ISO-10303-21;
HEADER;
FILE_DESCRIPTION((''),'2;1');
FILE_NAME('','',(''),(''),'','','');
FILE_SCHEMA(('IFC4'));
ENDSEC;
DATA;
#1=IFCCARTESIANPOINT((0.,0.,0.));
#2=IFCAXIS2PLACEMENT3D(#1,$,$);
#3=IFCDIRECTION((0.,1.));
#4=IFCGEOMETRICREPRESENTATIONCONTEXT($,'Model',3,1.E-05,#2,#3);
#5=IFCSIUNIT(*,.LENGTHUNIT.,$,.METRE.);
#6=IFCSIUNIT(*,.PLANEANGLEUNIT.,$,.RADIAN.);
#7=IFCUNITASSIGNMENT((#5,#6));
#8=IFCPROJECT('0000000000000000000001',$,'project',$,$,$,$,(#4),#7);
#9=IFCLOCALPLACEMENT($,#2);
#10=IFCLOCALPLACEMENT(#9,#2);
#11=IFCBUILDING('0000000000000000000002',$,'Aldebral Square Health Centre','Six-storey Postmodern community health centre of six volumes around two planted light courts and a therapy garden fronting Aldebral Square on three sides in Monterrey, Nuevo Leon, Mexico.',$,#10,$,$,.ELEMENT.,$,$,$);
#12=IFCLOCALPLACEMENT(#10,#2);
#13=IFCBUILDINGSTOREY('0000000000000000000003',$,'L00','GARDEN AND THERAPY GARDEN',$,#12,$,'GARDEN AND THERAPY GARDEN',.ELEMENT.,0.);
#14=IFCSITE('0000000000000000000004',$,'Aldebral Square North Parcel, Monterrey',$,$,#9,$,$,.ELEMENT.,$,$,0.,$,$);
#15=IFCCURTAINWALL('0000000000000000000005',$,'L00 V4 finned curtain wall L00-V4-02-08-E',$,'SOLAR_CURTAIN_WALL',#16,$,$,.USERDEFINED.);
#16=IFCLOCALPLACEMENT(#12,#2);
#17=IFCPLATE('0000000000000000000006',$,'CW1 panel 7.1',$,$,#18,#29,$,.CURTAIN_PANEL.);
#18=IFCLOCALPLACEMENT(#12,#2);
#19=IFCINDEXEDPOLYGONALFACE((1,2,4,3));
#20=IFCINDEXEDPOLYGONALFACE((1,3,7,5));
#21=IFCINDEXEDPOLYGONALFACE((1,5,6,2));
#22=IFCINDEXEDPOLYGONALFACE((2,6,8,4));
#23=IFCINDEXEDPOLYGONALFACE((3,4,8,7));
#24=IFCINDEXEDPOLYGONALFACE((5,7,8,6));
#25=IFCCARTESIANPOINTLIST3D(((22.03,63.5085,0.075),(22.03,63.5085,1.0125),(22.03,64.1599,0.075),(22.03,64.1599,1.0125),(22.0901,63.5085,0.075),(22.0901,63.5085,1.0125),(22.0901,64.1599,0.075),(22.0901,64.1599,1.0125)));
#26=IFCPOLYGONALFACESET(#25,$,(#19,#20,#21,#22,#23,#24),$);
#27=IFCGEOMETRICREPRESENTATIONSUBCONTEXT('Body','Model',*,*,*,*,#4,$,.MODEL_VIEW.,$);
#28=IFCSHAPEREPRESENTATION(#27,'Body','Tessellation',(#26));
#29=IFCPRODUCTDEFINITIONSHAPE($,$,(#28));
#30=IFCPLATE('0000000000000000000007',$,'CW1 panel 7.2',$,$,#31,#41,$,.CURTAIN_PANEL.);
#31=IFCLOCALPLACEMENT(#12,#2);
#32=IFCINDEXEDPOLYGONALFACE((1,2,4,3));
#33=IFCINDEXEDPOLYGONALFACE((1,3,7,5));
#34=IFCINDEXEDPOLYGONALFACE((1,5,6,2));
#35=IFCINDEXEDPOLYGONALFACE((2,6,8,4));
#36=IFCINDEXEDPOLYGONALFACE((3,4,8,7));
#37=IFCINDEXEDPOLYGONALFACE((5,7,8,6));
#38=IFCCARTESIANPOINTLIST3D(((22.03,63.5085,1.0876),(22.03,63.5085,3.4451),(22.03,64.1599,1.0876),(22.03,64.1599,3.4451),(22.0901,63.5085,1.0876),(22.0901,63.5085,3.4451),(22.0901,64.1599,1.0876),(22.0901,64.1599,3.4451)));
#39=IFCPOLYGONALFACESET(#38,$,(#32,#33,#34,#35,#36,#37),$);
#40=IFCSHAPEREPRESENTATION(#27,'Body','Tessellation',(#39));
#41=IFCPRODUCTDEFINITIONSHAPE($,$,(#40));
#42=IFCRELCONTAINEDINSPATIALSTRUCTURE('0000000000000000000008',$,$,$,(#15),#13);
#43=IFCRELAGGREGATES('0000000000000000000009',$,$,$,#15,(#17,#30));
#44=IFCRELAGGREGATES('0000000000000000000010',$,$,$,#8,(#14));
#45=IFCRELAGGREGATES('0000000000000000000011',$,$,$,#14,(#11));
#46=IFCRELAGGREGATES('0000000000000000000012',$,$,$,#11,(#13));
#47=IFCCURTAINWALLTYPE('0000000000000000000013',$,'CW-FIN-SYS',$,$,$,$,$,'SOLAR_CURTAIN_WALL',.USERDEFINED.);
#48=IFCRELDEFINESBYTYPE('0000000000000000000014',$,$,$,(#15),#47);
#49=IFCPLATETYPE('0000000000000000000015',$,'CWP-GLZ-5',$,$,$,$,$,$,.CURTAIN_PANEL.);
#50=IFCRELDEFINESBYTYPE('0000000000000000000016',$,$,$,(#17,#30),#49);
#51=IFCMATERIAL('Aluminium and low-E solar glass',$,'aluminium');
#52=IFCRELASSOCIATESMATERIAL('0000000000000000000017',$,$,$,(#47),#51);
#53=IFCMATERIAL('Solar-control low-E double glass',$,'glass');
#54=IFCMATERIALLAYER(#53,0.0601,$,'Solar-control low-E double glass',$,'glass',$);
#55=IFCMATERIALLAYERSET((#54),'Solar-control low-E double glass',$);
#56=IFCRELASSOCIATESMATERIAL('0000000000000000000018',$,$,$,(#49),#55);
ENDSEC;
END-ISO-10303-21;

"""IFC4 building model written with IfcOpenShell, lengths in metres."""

from ifc_helpers import new_model, si_unit, direction, frame, origin, origin_2d, place, context, subcontext, project, spatial, rectangle, extrude, material, layer, layer_set, type_object, element, aggregate, save


model = new_model("IFC4")

# Units and contexts
model_context = context("Model", 3, precision=1e-05, world=origin(), true_north=direction((0.0, 1.0)))
body_context = subcontext(model_context, "Body", "Model", "MODEL_VIEW")
ifc_project = project(units=[si_unit("LENGTHUNIT", "METRE"), si_unit("PLANEANGLEUNIT", "RADIAN")], contexts=[model_context])

# Site, building, storey
site_placement = place(None, origin())
site = spatial("IfcSite", under=ifc_project, at=site_placement, Name="Aldebral Square North Parcel, Monterrey", CompositionType="ELEMENT", RefElevation=0.0)
building_placement = place(site_placement, origin())
building = spatial("IfcBuilding", under=site, at=building_placement, Name="Aldebral Square Health Centre", Description="Six-storey Postmodern community health centre of six volumes around two planted light courts and a therapy garden fronting Aldebral Square on three sides in Monterrey, Nuevo Leon, Mexico.", CompositionType="ELEMENT")
storey_placement = place(building_placement, origin())
storey = spatial("IfcBuildingStorey", under=building, at=storey_placement, Name="L00", Description="GARDEN AND THERAPY GARDEN", LongName="GARDEN AND THERAPY GARDEN", CompositionType="ELEMENT", Elevation=0.0)

# Curtain wall, plates
ifc_material_1 = material(Name="Aluminium and low-E solar glass", Category="aluminium")
curtain_wall_type = type_object("IfcCurtainWallType", Name="CW-FIN-SYS", ElementType="SOLAR_CURTAIN_WALL", PredefinedType="USERDEFINED", material=ifc_material_1)
curtain_wall_placement = place(storey_placement, origin())
curtain_wall = element("IfcCurtainWall", 1, at=curtain_wall_placement, inside=storey, type_object=curtain_wall_type, Name="L00 V4 finned curtain wall L00-V4-02-08-E", ObjectType="SOLAR_CURTAIN_WALL", PredefinedType="USERDEFINED")
ifc_material_2 = material(Name="Solar-control low-E double glass", Category="glass")
ifc_layer = layer(ifc_material_2, 0.0601, Name="Solar-control low-E double glass", Category="glass")
ifc_layer_set = layer_set([ifc_layer], Name="Solar-control low-E double glass")
plate_type = type_object("IfcPlateType", Name="CWP-GLZ-5", PredefinedType="CURTAIN_PANEL", material=ifc_layer_set)
plate_1_placement = place(storey_placement, frame((22.0601, 63.8342, 0.075), z_axis=(0.0, 0.0, 1.0), x_axis=(0.0, 1.0, 0.0)))
plate_1 = element("IfcPlate", 2, at=plate_1_placement, type_object=plate_type, Name="CW1 panel 7.1", PredefinedType="CURTAIN_PANEL", context=body_context, shape_type="SweptSolid", body=[
    extrude(rectangle(XDim=0.6514, YDim=0.0601, at=origin_2d()), origin(), (0.0, 0.0, 1.0), 0.9375),
])
plate_2_placement = place(storey_placement, frame((22.0601, 63.8342, 1.0876), z_axis=(0.0, 0.0, 1.0), x_axis=(0.0, 1.0, 0.0)))
plate_2 = element("IfcPlate", 3, at=plate_2_placement, type_object=plate_type, Name="CW1 panel 7.2", PredefinedType="CURTAIN_PANEL", context=body_context, shape_type="SweptSolid", body=[
    extrude(rectangle(XDim=0.6514, YDim=0.0601, at=origin_2d()), origin(), (0.0, 0.0, 1.0), 2.3574),
])
aggregate(curtain_wall, [plate_1, plate_2])

save(model, "model.ifc")
